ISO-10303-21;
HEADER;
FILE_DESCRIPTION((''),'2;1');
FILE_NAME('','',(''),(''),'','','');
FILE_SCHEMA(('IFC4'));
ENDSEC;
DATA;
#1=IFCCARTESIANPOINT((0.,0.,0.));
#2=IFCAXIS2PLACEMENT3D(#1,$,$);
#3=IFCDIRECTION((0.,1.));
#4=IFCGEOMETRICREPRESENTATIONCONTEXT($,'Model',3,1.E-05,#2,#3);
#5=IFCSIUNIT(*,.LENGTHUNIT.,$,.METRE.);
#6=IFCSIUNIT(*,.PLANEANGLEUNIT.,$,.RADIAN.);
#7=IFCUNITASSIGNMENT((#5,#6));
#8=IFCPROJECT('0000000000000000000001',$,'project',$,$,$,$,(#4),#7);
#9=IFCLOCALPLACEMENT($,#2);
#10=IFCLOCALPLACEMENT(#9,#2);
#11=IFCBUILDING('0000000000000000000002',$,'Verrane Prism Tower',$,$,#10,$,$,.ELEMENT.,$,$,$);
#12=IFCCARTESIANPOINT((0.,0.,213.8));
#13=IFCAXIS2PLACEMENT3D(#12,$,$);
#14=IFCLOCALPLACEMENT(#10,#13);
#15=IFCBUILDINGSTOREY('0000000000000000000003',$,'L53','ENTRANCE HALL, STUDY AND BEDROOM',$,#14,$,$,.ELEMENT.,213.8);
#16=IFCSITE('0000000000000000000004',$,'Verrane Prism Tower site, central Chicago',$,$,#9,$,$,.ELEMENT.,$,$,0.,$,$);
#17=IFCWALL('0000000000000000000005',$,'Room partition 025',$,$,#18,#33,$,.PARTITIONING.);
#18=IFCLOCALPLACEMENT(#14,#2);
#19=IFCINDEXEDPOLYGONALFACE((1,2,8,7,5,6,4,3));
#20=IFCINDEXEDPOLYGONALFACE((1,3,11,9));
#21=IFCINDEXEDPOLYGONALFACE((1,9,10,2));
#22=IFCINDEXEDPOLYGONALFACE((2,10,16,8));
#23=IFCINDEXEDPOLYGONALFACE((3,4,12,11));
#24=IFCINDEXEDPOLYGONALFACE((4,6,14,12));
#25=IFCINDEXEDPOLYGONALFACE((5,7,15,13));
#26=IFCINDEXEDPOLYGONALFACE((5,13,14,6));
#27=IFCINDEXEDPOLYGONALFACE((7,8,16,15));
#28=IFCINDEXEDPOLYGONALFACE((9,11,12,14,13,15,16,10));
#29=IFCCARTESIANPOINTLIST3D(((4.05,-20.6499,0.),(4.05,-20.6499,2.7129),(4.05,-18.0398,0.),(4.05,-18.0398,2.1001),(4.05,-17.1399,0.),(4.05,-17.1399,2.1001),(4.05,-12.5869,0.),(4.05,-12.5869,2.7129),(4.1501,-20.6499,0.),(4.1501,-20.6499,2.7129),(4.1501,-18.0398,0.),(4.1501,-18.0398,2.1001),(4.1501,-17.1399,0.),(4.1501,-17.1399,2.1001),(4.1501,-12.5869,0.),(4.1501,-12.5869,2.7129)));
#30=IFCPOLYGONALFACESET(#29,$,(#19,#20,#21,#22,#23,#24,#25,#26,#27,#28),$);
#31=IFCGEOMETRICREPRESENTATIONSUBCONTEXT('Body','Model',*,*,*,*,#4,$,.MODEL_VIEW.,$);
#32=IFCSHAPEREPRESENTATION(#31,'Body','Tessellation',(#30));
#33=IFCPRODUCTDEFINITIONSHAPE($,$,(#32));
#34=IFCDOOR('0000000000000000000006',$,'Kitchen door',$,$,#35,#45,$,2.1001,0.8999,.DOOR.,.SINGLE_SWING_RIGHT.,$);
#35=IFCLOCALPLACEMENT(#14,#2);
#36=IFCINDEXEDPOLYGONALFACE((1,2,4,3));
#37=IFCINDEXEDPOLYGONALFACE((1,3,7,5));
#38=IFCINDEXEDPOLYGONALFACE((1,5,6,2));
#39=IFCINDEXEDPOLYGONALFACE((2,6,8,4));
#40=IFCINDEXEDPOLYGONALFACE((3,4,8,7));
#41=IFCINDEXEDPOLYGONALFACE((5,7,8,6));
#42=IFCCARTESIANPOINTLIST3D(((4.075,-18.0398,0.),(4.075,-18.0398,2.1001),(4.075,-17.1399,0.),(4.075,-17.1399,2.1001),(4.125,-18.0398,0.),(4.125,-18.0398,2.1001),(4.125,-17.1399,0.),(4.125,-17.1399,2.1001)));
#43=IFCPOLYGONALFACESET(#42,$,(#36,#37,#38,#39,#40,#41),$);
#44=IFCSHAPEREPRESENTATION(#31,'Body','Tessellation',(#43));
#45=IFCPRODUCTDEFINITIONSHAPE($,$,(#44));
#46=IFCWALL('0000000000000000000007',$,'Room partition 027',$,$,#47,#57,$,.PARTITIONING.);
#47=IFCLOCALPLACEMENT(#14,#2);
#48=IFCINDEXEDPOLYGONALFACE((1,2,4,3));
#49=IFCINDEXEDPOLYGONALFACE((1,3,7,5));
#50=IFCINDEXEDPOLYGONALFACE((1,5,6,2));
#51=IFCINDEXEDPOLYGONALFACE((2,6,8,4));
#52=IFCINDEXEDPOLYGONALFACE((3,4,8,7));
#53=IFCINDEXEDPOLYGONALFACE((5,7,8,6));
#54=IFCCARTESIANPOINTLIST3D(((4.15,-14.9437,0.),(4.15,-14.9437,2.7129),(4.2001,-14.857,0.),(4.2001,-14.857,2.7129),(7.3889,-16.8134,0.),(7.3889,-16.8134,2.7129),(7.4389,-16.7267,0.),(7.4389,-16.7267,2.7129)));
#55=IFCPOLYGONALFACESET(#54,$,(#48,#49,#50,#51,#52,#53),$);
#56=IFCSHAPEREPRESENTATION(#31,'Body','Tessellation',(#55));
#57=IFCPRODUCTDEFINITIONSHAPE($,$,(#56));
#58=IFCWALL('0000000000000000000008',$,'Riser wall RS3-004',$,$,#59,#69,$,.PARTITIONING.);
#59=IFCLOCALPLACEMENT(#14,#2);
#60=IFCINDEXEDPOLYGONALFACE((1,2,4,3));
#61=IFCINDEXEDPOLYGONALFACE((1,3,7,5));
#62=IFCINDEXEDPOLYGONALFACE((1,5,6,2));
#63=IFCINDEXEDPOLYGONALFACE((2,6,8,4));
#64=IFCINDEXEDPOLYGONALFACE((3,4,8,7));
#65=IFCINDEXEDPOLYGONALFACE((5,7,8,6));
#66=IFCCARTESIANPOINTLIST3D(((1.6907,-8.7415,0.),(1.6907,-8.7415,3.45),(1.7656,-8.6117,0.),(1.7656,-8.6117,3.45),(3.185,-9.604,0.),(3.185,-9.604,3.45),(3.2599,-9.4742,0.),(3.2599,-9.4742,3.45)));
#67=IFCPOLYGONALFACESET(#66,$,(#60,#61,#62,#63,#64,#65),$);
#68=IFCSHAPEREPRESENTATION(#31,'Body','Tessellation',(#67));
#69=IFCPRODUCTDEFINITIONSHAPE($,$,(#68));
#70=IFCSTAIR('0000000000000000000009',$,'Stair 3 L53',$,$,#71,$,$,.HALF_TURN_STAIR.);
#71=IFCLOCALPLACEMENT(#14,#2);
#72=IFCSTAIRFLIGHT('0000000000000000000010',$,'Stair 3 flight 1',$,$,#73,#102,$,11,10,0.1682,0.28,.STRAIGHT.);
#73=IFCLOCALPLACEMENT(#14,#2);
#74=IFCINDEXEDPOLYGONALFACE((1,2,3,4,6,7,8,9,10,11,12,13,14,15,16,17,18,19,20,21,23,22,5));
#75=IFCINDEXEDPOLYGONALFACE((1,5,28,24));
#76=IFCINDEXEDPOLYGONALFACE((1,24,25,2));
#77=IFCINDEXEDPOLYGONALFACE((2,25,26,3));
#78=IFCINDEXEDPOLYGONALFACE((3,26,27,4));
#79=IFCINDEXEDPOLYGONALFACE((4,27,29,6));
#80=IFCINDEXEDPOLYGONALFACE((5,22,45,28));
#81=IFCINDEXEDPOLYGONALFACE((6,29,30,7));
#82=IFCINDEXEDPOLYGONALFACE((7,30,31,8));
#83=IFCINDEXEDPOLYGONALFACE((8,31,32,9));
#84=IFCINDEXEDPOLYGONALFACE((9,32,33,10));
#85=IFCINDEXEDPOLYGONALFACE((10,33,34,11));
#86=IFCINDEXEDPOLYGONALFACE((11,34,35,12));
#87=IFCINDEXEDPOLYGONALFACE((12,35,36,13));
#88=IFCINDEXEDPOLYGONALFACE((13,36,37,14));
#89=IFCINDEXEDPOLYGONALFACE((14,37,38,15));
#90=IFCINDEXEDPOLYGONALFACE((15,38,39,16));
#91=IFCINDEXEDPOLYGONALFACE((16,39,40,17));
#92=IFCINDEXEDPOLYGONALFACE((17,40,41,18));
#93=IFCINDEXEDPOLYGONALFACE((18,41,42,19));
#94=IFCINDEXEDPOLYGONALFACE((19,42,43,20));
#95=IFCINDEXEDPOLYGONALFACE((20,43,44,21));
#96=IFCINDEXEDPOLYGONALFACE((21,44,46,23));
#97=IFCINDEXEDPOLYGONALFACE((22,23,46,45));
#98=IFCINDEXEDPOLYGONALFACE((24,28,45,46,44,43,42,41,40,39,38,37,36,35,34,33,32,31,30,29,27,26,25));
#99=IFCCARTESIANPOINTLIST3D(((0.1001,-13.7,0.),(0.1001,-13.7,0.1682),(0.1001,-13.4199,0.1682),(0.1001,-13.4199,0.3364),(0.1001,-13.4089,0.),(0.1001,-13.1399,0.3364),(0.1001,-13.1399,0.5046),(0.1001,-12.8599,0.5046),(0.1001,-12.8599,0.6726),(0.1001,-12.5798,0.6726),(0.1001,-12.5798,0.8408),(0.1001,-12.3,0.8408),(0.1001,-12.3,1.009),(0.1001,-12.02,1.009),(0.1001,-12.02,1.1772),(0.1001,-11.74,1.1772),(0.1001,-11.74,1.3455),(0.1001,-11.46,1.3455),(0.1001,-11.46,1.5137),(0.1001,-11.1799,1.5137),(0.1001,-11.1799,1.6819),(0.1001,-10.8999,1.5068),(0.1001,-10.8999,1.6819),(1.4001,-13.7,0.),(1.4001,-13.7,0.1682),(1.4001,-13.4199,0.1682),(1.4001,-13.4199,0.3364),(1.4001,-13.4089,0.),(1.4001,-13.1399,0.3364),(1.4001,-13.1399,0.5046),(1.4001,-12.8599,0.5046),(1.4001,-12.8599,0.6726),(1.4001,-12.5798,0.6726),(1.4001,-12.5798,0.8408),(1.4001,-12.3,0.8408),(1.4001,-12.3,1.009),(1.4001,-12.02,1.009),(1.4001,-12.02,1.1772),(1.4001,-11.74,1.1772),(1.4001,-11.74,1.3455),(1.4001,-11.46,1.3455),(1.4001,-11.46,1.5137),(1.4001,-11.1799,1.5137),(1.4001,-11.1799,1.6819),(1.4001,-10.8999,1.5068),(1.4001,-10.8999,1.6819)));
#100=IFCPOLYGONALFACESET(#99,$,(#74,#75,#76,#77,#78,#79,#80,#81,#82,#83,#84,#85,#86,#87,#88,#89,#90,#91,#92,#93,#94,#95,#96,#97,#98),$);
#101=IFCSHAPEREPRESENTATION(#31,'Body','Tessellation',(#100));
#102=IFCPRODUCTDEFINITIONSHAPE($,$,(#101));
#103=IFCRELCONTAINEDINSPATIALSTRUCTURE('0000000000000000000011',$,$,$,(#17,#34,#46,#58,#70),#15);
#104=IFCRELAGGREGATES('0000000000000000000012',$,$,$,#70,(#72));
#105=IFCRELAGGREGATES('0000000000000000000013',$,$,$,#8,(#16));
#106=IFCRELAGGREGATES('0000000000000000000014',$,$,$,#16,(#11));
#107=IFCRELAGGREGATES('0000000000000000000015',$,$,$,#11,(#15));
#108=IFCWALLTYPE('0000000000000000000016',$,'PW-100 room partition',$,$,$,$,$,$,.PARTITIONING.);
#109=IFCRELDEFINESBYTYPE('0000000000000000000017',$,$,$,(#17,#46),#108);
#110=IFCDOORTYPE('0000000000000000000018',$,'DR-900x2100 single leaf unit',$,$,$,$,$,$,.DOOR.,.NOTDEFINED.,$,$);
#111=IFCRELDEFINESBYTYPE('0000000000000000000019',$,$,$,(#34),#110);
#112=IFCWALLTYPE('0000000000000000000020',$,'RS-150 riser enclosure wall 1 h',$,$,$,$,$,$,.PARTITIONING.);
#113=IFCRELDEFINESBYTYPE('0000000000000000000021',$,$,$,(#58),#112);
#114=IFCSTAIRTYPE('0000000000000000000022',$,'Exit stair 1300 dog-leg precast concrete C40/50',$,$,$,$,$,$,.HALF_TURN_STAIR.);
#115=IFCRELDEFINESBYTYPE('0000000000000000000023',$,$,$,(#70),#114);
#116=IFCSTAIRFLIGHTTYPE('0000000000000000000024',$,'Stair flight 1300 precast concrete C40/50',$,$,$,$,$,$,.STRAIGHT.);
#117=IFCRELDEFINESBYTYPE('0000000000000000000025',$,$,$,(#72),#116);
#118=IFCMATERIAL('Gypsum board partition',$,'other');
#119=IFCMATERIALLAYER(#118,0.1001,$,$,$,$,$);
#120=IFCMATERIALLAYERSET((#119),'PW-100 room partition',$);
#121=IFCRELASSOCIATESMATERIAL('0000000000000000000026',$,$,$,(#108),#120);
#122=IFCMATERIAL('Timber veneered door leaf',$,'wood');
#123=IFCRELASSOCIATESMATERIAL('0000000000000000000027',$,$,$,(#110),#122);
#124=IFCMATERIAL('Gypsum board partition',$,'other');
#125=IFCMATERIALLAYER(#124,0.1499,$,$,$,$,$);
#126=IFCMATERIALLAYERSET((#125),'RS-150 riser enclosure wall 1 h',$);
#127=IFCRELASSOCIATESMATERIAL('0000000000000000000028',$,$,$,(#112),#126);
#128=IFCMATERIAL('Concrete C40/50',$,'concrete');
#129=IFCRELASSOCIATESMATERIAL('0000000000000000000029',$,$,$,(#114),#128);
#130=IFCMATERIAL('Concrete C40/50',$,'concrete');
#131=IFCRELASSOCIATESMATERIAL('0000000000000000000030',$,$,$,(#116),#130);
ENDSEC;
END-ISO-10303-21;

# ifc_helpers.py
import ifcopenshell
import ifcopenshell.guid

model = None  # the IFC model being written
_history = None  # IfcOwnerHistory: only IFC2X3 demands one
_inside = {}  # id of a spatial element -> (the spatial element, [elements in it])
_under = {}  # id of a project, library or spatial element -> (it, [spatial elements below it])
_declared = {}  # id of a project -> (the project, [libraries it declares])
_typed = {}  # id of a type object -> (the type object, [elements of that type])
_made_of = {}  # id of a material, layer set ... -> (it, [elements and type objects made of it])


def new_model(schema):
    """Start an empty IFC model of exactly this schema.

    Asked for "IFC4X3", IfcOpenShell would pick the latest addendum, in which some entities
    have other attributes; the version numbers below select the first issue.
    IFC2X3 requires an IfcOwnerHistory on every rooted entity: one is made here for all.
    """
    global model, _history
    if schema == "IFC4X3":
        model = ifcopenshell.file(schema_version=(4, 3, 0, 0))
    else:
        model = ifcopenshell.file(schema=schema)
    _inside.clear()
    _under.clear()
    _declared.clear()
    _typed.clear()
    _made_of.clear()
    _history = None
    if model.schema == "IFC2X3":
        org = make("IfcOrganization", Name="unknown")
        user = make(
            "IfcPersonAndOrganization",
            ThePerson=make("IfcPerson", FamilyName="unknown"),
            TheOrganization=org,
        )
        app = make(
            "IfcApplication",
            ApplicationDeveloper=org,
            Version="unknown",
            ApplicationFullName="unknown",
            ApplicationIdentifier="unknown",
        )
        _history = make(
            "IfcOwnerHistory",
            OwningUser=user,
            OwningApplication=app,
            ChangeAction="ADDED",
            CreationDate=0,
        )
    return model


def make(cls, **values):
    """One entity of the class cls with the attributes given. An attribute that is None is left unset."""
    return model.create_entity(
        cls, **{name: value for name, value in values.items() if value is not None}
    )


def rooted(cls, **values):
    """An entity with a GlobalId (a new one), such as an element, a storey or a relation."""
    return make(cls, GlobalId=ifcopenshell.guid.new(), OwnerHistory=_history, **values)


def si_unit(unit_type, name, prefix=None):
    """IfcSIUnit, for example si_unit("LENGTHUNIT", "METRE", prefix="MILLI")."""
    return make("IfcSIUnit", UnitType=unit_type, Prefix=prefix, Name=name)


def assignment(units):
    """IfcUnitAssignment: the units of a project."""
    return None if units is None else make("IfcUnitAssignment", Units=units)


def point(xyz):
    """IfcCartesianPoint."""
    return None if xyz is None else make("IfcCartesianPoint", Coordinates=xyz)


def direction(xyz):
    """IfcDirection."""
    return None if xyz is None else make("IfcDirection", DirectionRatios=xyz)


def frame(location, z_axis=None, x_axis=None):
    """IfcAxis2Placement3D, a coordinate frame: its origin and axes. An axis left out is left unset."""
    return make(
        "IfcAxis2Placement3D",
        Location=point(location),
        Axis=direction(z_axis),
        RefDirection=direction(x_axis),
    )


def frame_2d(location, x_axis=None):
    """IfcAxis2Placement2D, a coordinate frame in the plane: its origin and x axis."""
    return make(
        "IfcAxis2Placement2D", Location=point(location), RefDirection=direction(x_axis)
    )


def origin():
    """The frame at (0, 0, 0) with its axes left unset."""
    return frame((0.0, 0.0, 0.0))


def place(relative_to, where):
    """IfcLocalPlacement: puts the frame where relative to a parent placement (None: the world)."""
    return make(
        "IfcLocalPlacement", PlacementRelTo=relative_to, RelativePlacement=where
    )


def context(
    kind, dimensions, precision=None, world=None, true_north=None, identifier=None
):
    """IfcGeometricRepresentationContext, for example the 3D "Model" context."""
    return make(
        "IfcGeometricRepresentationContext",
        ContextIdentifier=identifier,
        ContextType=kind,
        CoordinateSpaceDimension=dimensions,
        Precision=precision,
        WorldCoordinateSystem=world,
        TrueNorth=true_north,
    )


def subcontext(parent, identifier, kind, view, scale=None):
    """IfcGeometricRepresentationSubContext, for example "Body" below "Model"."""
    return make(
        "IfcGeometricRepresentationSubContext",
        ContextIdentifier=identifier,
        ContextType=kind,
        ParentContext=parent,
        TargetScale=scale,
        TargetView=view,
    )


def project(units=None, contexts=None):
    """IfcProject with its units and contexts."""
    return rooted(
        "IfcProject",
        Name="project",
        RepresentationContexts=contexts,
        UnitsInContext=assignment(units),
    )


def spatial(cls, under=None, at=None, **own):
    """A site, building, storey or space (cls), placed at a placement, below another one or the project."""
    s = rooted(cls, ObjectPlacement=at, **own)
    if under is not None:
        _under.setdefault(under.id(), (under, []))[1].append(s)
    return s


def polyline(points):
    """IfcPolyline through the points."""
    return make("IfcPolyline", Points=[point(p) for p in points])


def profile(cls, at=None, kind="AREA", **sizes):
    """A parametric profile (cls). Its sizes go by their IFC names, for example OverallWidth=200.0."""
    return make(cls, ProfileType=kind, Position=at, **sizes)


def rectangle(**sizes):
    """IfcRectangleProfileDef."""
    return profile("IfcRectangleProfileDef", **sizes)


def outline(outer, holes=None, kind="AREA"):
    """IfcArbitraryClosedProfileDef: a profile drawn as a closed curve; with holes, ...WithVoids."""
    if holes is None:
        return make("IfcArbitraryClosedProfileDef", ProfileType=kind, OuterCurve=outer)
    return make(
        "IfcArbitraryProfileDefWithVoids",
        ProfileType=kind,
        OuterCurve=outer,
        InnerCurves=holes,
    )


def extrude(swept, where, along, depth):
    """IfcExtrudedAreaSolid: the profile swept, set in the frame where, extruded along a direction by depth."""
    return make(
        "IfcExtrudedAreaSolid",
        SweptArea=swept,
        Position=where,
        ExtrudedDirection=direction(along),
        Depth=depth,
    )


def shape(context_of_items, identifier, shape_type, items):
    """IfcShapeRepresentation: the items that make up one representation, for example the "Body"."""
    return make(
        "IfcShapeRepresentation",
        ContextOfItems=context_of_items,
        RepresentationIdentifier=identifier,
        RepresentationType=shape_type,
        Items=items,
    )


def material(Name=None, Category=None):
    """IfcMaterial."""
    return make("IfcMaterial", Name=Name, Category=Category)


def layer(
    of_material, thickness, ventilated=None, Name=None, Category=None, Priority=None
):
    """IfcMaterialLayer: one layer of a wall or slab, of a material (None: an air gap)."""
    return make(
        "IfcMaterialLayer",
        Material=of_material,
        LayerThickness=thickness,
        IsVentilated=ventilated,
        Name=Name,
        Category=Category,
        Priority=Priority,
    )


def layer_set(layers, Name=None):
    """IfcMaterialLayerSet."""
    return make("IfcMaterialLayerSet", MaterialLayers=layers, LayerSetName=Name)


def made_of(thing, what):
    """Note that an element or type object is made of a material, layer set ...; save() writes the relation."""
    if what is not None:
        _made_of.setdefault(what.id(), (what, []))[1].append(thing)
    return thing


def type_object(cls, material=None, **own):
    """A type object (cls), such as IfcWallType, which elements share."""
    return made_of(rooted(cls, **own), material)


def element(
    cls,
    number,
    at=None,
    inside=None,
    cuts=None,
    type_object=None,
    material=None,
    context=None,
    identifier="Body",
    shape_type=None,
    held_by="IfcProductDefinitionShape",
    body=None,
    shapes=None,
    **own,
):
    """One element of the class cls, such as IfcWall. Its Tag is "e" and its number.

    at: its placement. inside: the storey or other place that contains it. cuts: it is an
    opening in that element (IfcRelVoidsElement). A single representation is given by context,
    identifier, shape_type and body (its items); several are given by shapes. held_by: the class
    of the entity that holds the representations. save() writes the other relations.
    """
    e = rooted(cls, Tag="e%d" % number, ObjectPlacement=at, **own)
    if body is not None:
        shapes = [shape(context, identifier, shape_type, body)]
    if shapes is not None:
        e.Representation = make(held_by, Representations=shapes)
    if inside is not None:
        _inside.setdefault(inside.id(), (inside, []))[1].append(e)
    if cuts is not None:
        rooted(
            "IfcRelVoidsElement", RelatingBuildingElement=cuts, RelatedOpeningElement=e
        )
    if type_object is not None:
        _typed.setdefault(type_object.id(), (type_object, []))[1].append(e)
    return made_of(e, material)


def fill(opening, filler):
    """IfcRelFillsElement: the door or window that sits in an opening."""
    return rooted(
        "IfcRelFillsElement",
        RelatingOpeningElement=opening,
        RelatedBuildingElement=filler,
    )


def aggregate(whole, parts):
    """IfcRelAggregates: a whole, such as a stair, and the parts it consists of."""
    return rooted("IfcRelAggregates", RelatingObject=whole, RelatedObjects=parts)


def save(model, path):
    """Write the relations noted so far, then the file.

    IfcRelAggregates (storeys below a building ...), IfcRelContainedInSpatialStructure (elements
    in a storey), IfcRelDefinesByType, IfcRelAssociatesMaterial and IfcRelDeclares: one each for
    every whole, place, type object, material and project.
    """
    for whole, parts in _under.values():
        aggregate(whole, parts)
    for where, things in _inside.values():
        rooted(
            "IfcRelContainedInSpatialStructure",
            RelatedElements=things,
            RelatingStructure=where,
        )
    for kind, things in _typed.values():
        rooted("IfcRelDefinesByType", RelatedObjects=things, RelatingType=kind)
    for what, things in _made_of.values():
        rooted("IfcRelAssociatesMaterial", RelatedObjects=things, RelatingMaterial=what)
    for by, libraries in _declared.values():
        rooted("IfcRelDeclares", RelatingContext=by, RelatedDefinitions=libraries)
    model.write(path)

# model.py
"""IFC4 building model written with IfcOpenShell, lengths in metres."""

from ifc_helpers import new_model, si_unit, direction, frame, frame_2d, origin, place, context, subcontext, project, spatial, polyline, rectangle, outline, extrude, material, layer, layer_set, type_object, element, fill, aggregate, save


model = new_model("IFC4")

# Units and contexts
model_context = context("Model", 3, precision=1e-05, world=origin(), true_north=direction((0.0, 1.0)))
body_context = subcontext(model_context, "Body", "Model", "MODEL_VIEW")
ifc_project = project(units=[si_unit("LENGTHUNIT", "METRE"), si_unit("PLANEANGLEUNIT", "RADIAN")], contexts=[model_context])

# Site, building, storey
site_placement = place(None, origin())
site = spatial("IfcSite", under=ifc_project, at=site_placement, Name="Verrane Prism Tower site, central Chicago", CompositionType="ELEMENT", RefElevation=0.0)
building_placement = place(site_placement, origin())
building = spatial("IfcBuilding", under=site, at=building_placement, Name="Verrane Prism Tower", CompositionType="ELEMENT")
storey_placement = place(building_placement, frame((0.0, 0.0, 213.8)))
storey = spatial("IfcBuildingStorey", under=building, at=storey_placement, Name="L53", Description="ENTRANCE HALL, STUDY AND BEDROOM", CompositionType="ELEMENT", Elevation=213.8)

# Wall, opening, door
ifc_material_1 = material(Name="Gypsum board partition", Category="other")
ifc_layer_1 = layer(ifc_material_1, 0.1001)
ifc_layer_set_1 = layer_set([ifc_layer_1], Name="PW-100 room partition")
wall_type_1 = type_object("IfcWallType", Name="PW-100 room partition", PredefinedType="PARTITIONING", material=ifc_layer_set_1)
wall_1_placement = place(storey_placement, frame((4.1001, -12.5869, 0.0), z_axis=(0.0, 0.0, 1.0), x_axis=(0.0, -1.0, 0.0)))
wall_1 = element("IfcWall", 1, at=wall_1_placement, inside=storey, type_object=wall_type_1, Name="Room partition 025", PredefinedType="PARTITIONING", context=body_context, shape_type="SweptSolid", body=[
    extrude(rectangle(XDim=8.063, YDim=0.1001, at=frame_2d((4.0315, 0.0))), origin(), (0.0, 0.0, 1.0), 2.7129),
])
opening_placement = place(wall_1_placement, frame((4.553, 0.0, 0.0)))
opening = element("IfcOpeningElement", 2, at=opening_placement, cuts=wall_1, PredefinedType="OPENING", context=body_context, shape_type="SweptSolid", body=[
    extrude(rectangle(XDim=0.8999, YDim=2.1001, at=frame_2d((0.45, 1.05))), frame((0.0, 0.0601, 0.0), z_axis=(0.0, -1.0, 0.0), x_axis=(1.0, 0.0, 0.0)), (0.0, 0.0, 1.0), 0.1201),
])
ifc_material_2 = material(Name="Timber veneered door leaf", Category="wood")
door_type = type_object("IfcDoorType", Name="DR-900x2100 single leaf unit", OperationType="NOTDEFINED", PredefinedType="DOOR", material=ifc_material_2)
door_placement = place(opening_placement, origin())
door = element("IfcDoor", 3, at=door_placement, inside=storey, type_object=door_type, Name="Kitchen door", OperationType="SINGLE_SWING_RIGHT", OverallHeight=2.1001, OverallWidth=0.8999, PredefinedType="DOOR", context=body_context, shape_type="SweptSolid", body=[
    extrude(rectangle(XDim=0.8999, YDim=2.1001, at=frame_2d((0.45, 1.05))), frame((0.0, 0.0249, 0.0), z_axis=(0.0, -1.0, 0.0), x_axis=(1.0, 0.0, 0.0)), (0.0, 0.0, 1.0), 0.05),
])
fill(opening, door)

# Walls
wall_2_placement = place(storey_placement, frame((4.175, -14.9004, 0.0), z_axis=(0.0, 0.0, 1.0), x_axis=(0.866057, -0.499945, 0.0)))
element("IfcWall", 4, at=wall_2_placement, inside=storey, type_object=wall_type_1, Name="Room partition 027", PredefinedType="PARTITIONING", context=body_context, shape_type="SweptSolid", body=[
    extrude(rectangle(XDim=3.7397, YDim=0.1001, at=frame_2d((1.8699, 0.0))), origin(), (0.0, 0.0, 1.0), 2.7129),
])
ifc_material_3 = material(Name="Gypsum board partition", Category="other")
ifc_layer_2 = layer(ifc_material_3, 0.1499)
ifc_layer_set_2 = layer_set([ifc_layer_2], Name="RS-150 riser enclosure wall 1 h")
wall_type_2 = type_object("IfcWallType", Name="RS-150 riser enclosure wall 1 h", PredefinedType="PARTITIONING", material=ifc_layer_set_2)
wall_3_placement = place(storey_placement, frame((1.728, -8.6765, 0.0), z_axis=(0.0, 0.0, 1.0), x_axis=(0.866084, -0.499898, 0.0)))
element("IfcWall", 5, at=wall_3_placement, inside=storey, type_object=wall_type_2, Name="Riser wall RS3-004", PredefinedType="PARTITIONING", context=body_context, shape_type="SweptSolid", body=[
    extrude(rectangle(XDim=1.7253, YDim=0.1499, at=frame_2d((0.8628, 0.0))), origin(), (0.0, 0.0, 1.0), 3.45),
])

# Stair, stair flight
ifc_material_4 = material(Name="Concrete C40/50", Category="concrete")
stair_type = type_object("IfcStairType", Name="Exit stair 1300 dog-leg precast concrete C40/50", PredefinedType="HALF_TURN_STAIR", material=ifc_material_4)
stair_placement = place(storey_placement, origin())
stair = element("IfcStair", 6, at=stair_placement, inside=storey, type_object=stair_type, Name="Stair 3 L53", PredefinedType="HALF_TURN_STAIR")
ifc_material_5 = material(Name="Concrete C40/50", Category="concrete")
stair_flight_type = type_object("IfcStairFlightType", Name="Stair flight 1300 precast concrete C40/50", PredefinedType="STRAIGHT", material=ifc_material_5)
stair_flight_placement = place(storey_placement, frame((0.75, -13.7, 0.0), z_axis=(0.0, 0.0, 1.0), x_axis=(0.0, 1.0, 0.0)))
stair_flight = element("IfcStairFlight", 7, at=stair_flight_placement, type_object=stair_flight_type, Name="Stair 3 flight 1", NumberOfRisers=11, NumberOfTreads=10, PredefinedType="STRAIGHT", RiserHeight=0.1682, TreadLength=0.28, context=body_context, shape_type="SweptSolid", body=[
    extrude(outline(polyline([(0.0, 0.0), (0.0, 0.1682), (0.28, 0.1682), (0.28, 0.3364), (0.5601, 0.3364), (0.5601, 0.5046), (0.8401, 0.5046), (0.8401, 0.6726), (1.1201, 0.6726), (1.1201, 0.8408), (1.3999, 0.8408), (1.3999, 1.009), (1.6799, 1.009), (1.6799, 1.1772), (1.96, 1.1772), (1.96, 1.3455), (2.24, 1.3455), (2.24, 1.5137), (2.52, 1.5137), (2.52, 1.6819), (2.8, 1.6819), (2.8, 1.8501), (2.8, 1.5068), (0.291, 0.0), (0.0, 0.0)])), frame((0.0, 0.6499, 0.0), z_axis=(0.0, -1.0, 0.0), x_axis=(1.0, 0.0, 0.0)), (0.0, 0.0, 1.0), 1.3),
])
aggregate(stair, [stair_flight])

save(model, "model.ifc")
